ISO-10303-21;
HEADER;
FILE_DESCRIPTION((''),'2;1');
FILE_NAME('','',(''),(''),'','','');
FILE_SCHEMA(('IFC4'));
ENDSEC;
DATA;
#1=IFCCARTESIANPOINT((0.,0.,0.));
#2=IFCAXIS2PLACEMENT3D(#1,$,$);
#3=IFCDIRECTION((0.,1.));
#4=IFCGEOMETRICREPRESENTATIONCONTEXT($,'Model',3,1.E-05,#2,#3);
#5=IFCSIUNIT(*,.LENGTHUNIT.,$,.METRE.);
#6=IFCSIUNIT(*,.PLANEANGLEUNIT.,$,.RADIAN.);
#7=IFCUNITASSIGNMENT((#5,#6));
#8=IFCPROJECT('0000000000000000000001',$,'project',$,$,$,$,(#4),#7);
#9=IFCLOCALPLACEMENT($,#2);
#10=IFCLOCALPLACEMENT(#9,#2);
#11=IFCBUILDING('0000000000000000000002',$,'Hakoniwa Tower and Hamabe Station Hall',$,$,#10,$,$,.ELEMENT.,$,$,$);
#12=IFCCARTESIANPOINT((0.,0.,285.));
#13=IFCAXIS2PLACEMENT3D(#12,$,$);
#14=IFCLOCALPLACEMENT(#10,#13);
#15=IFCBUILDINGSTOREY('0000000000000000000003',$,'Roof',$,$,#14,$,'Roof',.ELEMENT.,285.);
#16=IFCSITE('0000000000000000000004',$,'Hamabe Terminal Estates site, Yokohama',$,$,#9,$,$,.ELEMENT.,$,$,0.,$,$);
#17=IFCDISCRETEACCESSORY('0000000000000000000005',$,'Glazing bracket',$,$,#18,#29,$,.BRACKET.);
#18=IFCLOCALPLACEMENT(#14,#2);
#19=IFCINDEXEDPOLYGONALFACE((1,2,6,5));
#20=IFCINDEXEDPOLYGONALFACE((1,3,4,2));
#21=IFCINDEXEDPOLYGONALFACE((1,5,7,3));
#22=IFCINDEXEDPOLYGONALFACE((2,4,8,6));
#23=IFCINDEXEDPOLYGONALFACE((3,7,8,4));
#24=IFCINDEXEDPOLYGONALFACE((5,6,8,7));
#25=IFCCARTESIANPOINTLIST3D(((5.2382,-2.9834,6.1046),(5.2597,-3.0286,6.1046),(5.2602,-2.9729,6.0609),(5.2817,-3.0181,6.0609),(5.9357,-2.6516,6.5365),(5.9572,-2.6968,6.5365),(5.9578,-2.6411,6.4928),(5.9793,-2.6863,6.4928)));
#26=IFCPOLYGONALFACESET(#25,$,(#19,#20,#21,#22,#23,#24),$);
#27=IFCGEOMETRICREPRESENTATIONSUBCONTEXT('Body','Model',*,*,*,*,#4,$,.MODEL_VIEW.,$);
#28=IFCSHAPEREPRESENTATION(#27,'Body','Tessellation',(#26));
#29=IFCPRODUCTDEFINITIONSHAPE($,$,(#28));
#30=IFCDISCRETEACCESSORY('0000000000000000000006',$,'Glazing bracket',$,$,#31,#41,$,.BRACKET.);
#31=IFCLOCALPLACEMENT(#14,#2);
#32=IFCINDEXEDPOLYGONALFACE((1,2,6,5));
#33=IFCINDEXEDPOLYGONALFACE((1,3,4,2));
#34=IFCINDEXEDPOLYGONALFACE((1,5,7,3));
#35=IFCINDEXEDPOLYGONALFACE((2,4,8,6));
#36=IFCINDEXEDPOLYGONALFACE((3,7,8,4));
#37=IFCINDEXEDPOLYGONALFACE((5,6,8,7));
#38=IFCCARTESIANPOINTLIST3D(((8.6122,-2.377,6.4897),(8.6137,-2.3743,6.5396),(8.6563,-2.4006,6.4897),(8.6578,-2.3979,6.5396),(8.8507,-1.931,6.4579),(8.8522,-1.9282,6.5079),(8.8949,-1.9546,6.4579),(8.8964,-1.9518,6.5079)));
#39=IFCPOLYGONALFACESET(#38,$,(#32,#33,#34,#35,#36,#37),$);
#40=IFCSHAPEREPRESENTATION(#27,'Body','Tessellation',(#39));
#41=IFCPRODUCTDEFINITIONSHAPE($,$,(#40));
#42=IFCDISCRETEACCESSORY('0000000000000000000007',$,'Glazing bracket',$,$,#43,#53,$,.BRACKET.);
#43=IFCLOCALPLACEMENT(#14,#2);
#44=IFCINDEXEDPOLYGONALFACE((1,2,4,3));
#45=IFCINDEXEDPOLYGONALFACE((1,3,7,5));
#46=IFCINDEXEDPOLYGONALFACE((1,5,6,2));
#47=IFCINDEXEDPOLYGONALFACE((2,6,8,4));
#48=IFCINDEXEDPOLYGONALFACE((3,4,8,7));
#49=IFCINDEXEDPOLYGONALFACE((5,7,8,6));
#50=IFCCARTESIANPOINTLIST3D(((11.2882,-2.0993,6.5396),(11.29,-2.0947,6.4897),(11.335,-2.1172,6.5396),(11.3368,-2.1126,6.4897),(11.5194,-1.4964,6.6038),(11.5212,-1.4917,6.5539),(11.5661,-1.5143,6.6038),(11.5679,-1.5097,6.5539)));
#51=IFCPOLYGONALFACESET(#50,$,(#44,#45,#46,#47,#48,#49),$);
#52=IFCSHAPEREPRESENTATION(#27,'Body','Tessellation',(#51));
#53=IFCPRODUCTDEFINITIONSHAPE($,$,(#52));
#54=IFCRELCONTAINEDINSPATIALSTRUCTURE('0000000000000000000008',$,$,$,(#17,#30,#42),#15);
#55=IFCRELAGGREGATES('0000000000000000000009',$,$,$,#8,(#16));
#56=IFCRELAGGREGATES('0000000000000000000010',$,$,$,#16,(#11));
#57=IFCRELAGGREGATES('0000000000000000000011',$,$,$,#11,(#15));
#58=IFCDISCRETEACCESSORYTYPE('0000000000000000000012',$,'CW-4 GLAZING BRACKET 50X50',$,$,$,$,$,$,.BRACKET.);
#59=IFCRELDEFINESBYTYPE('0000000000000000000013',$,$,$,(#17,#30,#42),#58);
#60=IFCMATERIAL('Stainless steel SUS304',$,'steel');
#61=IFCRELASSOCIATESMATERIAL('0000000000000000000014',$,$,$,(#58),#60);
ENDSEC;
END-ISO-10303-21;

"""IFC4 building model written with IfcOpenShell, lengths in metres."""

from ifc_helpers import new_model, si_unit, direction, frame, origin, origin_2d, place, context, subcontext, project, spatial, rectangle, extrude, material, material_profile, profile_set, type_object, element, save


model = new_model("IFC4")

# Units and contexts
model_context = context("Model", 3, precision=1e-05, world=origin(), true_north=direction((0.0, 1.0)))
body_context = subcontext(model_context, "Body", "Model", "MODEL_VIEW")
ifc_project = project(units=[si_unit("LENGTHUNIT", "METRE"), si_unit("PLANEANGLEUNIT", "RADIAN")], contexts=[model_context])

# Site, building, storey
site_placement = place(None, origin())
site = spatial("IfcSite", under=ifc_project, at=site_placement, Name="Hamabe Terminal Estates site, Yokohama", CompositionType="ELEMENT", RefElevation=0.0)
building_placement = place(site_placement, origin())
building = spatial("IfcBuilding", under=site, at=building_placement, Name="Hakoniwa Tower and Hamabe Station Hall", CompositionType="ELEMENT")
storey_placement = place(building_placement, frame((0.0, 0.0, 285.0)))
storey = spatial("IfcBuildingStorey", under=building, at=storey_placement, Name="Roof", LongName="Roof", CompositionType="ELEMENT", Elevation=285.0)

# Discrete accessories
ifc_material_1 = material(Name="Stainless steel SUS304", Category="steel")
ifc_material_profile_1 = material_profile(ifc_material_1, rectangle(XDim=0.05, YDim=0.05, at=origin_2d()), Name="CW-4 GLAZING BRACKET 50X50")
ifc_profile_set_1 = profile_set([ifc_material_profile_1], Name="Stainless steel SUS304")
discrete_accessory_type = type_object("IfcDiscreteAccessoryType", Name="CW-4 GLAZING BRACKET 50X50", PredefinedType="BRACKET", material=ifc_profile_set_1)
discrete_accessory_1_placement = place(storey_placement, frame((5.9575, -2.6689, 6.5146), z_axis=(-0.788196, -0.374924, -0.488036), x_axis=(0.429553, -0.903042, 0.0)))
element("IfcDiscreteAccessory", 1, at=discrete_accessory_1_placement, inside=storey, type_object=discrete_accessory_type, Name="Glazing bracket", PredefinedType="BRACKET", context=body_context, shape_type="SweptSolid", body=[
    extrude(rectangle(XDim=0.05, YDim=0.05, at=origin_2d()), origin(), (0.0, 0.0, 1.0), 0.885),
])
discrete_accessory_2_placement = place(storey_placement, frame((8.635, -2.3875, 6.5146), z_axis=(0.470639, 0.8801, -0.062623), x_axis=(-0.881831, 0.471565, 0.0)))
element("IfcDiscreteAccessory", 2, at=discrete_accessory_2_placement, inside=storey, type_object=discrete_accessory_type, Name="Glazing bracket", PredefinedType="BRACKET", context=body_context, shape_type="SweptSolid", body=[
    extrude(rectangle(XDim=0.05, YDim=0.05, at=origin_2d()), origin(), (0.0, 0.0, 1.0), 0.5068),
])
discrete_accessory_3_placement = place(storey_placement, frame((11.3125, -2.106, 6.5146), z_axis=(0.356235, 0.929144, 0.098933), x_axis=(-0.933725, 0.357991, 0.0)))
element("IfcDiscreteAccessory", 3, at=discrete_accessory_3_placement, inside=storey, type_object=discrete_accessory_type, Name="Glazing bracket", PredefinedType="BRACKET", context=body_context, shape_type="SweptSolid", body=[
    extrude(rectangle(XDim=0.05, YDim=0.05, at=origin_2d()), origin(), (0.0, 0.0, 1.0), 0.6489),
])

save(model, "model.ifc")
